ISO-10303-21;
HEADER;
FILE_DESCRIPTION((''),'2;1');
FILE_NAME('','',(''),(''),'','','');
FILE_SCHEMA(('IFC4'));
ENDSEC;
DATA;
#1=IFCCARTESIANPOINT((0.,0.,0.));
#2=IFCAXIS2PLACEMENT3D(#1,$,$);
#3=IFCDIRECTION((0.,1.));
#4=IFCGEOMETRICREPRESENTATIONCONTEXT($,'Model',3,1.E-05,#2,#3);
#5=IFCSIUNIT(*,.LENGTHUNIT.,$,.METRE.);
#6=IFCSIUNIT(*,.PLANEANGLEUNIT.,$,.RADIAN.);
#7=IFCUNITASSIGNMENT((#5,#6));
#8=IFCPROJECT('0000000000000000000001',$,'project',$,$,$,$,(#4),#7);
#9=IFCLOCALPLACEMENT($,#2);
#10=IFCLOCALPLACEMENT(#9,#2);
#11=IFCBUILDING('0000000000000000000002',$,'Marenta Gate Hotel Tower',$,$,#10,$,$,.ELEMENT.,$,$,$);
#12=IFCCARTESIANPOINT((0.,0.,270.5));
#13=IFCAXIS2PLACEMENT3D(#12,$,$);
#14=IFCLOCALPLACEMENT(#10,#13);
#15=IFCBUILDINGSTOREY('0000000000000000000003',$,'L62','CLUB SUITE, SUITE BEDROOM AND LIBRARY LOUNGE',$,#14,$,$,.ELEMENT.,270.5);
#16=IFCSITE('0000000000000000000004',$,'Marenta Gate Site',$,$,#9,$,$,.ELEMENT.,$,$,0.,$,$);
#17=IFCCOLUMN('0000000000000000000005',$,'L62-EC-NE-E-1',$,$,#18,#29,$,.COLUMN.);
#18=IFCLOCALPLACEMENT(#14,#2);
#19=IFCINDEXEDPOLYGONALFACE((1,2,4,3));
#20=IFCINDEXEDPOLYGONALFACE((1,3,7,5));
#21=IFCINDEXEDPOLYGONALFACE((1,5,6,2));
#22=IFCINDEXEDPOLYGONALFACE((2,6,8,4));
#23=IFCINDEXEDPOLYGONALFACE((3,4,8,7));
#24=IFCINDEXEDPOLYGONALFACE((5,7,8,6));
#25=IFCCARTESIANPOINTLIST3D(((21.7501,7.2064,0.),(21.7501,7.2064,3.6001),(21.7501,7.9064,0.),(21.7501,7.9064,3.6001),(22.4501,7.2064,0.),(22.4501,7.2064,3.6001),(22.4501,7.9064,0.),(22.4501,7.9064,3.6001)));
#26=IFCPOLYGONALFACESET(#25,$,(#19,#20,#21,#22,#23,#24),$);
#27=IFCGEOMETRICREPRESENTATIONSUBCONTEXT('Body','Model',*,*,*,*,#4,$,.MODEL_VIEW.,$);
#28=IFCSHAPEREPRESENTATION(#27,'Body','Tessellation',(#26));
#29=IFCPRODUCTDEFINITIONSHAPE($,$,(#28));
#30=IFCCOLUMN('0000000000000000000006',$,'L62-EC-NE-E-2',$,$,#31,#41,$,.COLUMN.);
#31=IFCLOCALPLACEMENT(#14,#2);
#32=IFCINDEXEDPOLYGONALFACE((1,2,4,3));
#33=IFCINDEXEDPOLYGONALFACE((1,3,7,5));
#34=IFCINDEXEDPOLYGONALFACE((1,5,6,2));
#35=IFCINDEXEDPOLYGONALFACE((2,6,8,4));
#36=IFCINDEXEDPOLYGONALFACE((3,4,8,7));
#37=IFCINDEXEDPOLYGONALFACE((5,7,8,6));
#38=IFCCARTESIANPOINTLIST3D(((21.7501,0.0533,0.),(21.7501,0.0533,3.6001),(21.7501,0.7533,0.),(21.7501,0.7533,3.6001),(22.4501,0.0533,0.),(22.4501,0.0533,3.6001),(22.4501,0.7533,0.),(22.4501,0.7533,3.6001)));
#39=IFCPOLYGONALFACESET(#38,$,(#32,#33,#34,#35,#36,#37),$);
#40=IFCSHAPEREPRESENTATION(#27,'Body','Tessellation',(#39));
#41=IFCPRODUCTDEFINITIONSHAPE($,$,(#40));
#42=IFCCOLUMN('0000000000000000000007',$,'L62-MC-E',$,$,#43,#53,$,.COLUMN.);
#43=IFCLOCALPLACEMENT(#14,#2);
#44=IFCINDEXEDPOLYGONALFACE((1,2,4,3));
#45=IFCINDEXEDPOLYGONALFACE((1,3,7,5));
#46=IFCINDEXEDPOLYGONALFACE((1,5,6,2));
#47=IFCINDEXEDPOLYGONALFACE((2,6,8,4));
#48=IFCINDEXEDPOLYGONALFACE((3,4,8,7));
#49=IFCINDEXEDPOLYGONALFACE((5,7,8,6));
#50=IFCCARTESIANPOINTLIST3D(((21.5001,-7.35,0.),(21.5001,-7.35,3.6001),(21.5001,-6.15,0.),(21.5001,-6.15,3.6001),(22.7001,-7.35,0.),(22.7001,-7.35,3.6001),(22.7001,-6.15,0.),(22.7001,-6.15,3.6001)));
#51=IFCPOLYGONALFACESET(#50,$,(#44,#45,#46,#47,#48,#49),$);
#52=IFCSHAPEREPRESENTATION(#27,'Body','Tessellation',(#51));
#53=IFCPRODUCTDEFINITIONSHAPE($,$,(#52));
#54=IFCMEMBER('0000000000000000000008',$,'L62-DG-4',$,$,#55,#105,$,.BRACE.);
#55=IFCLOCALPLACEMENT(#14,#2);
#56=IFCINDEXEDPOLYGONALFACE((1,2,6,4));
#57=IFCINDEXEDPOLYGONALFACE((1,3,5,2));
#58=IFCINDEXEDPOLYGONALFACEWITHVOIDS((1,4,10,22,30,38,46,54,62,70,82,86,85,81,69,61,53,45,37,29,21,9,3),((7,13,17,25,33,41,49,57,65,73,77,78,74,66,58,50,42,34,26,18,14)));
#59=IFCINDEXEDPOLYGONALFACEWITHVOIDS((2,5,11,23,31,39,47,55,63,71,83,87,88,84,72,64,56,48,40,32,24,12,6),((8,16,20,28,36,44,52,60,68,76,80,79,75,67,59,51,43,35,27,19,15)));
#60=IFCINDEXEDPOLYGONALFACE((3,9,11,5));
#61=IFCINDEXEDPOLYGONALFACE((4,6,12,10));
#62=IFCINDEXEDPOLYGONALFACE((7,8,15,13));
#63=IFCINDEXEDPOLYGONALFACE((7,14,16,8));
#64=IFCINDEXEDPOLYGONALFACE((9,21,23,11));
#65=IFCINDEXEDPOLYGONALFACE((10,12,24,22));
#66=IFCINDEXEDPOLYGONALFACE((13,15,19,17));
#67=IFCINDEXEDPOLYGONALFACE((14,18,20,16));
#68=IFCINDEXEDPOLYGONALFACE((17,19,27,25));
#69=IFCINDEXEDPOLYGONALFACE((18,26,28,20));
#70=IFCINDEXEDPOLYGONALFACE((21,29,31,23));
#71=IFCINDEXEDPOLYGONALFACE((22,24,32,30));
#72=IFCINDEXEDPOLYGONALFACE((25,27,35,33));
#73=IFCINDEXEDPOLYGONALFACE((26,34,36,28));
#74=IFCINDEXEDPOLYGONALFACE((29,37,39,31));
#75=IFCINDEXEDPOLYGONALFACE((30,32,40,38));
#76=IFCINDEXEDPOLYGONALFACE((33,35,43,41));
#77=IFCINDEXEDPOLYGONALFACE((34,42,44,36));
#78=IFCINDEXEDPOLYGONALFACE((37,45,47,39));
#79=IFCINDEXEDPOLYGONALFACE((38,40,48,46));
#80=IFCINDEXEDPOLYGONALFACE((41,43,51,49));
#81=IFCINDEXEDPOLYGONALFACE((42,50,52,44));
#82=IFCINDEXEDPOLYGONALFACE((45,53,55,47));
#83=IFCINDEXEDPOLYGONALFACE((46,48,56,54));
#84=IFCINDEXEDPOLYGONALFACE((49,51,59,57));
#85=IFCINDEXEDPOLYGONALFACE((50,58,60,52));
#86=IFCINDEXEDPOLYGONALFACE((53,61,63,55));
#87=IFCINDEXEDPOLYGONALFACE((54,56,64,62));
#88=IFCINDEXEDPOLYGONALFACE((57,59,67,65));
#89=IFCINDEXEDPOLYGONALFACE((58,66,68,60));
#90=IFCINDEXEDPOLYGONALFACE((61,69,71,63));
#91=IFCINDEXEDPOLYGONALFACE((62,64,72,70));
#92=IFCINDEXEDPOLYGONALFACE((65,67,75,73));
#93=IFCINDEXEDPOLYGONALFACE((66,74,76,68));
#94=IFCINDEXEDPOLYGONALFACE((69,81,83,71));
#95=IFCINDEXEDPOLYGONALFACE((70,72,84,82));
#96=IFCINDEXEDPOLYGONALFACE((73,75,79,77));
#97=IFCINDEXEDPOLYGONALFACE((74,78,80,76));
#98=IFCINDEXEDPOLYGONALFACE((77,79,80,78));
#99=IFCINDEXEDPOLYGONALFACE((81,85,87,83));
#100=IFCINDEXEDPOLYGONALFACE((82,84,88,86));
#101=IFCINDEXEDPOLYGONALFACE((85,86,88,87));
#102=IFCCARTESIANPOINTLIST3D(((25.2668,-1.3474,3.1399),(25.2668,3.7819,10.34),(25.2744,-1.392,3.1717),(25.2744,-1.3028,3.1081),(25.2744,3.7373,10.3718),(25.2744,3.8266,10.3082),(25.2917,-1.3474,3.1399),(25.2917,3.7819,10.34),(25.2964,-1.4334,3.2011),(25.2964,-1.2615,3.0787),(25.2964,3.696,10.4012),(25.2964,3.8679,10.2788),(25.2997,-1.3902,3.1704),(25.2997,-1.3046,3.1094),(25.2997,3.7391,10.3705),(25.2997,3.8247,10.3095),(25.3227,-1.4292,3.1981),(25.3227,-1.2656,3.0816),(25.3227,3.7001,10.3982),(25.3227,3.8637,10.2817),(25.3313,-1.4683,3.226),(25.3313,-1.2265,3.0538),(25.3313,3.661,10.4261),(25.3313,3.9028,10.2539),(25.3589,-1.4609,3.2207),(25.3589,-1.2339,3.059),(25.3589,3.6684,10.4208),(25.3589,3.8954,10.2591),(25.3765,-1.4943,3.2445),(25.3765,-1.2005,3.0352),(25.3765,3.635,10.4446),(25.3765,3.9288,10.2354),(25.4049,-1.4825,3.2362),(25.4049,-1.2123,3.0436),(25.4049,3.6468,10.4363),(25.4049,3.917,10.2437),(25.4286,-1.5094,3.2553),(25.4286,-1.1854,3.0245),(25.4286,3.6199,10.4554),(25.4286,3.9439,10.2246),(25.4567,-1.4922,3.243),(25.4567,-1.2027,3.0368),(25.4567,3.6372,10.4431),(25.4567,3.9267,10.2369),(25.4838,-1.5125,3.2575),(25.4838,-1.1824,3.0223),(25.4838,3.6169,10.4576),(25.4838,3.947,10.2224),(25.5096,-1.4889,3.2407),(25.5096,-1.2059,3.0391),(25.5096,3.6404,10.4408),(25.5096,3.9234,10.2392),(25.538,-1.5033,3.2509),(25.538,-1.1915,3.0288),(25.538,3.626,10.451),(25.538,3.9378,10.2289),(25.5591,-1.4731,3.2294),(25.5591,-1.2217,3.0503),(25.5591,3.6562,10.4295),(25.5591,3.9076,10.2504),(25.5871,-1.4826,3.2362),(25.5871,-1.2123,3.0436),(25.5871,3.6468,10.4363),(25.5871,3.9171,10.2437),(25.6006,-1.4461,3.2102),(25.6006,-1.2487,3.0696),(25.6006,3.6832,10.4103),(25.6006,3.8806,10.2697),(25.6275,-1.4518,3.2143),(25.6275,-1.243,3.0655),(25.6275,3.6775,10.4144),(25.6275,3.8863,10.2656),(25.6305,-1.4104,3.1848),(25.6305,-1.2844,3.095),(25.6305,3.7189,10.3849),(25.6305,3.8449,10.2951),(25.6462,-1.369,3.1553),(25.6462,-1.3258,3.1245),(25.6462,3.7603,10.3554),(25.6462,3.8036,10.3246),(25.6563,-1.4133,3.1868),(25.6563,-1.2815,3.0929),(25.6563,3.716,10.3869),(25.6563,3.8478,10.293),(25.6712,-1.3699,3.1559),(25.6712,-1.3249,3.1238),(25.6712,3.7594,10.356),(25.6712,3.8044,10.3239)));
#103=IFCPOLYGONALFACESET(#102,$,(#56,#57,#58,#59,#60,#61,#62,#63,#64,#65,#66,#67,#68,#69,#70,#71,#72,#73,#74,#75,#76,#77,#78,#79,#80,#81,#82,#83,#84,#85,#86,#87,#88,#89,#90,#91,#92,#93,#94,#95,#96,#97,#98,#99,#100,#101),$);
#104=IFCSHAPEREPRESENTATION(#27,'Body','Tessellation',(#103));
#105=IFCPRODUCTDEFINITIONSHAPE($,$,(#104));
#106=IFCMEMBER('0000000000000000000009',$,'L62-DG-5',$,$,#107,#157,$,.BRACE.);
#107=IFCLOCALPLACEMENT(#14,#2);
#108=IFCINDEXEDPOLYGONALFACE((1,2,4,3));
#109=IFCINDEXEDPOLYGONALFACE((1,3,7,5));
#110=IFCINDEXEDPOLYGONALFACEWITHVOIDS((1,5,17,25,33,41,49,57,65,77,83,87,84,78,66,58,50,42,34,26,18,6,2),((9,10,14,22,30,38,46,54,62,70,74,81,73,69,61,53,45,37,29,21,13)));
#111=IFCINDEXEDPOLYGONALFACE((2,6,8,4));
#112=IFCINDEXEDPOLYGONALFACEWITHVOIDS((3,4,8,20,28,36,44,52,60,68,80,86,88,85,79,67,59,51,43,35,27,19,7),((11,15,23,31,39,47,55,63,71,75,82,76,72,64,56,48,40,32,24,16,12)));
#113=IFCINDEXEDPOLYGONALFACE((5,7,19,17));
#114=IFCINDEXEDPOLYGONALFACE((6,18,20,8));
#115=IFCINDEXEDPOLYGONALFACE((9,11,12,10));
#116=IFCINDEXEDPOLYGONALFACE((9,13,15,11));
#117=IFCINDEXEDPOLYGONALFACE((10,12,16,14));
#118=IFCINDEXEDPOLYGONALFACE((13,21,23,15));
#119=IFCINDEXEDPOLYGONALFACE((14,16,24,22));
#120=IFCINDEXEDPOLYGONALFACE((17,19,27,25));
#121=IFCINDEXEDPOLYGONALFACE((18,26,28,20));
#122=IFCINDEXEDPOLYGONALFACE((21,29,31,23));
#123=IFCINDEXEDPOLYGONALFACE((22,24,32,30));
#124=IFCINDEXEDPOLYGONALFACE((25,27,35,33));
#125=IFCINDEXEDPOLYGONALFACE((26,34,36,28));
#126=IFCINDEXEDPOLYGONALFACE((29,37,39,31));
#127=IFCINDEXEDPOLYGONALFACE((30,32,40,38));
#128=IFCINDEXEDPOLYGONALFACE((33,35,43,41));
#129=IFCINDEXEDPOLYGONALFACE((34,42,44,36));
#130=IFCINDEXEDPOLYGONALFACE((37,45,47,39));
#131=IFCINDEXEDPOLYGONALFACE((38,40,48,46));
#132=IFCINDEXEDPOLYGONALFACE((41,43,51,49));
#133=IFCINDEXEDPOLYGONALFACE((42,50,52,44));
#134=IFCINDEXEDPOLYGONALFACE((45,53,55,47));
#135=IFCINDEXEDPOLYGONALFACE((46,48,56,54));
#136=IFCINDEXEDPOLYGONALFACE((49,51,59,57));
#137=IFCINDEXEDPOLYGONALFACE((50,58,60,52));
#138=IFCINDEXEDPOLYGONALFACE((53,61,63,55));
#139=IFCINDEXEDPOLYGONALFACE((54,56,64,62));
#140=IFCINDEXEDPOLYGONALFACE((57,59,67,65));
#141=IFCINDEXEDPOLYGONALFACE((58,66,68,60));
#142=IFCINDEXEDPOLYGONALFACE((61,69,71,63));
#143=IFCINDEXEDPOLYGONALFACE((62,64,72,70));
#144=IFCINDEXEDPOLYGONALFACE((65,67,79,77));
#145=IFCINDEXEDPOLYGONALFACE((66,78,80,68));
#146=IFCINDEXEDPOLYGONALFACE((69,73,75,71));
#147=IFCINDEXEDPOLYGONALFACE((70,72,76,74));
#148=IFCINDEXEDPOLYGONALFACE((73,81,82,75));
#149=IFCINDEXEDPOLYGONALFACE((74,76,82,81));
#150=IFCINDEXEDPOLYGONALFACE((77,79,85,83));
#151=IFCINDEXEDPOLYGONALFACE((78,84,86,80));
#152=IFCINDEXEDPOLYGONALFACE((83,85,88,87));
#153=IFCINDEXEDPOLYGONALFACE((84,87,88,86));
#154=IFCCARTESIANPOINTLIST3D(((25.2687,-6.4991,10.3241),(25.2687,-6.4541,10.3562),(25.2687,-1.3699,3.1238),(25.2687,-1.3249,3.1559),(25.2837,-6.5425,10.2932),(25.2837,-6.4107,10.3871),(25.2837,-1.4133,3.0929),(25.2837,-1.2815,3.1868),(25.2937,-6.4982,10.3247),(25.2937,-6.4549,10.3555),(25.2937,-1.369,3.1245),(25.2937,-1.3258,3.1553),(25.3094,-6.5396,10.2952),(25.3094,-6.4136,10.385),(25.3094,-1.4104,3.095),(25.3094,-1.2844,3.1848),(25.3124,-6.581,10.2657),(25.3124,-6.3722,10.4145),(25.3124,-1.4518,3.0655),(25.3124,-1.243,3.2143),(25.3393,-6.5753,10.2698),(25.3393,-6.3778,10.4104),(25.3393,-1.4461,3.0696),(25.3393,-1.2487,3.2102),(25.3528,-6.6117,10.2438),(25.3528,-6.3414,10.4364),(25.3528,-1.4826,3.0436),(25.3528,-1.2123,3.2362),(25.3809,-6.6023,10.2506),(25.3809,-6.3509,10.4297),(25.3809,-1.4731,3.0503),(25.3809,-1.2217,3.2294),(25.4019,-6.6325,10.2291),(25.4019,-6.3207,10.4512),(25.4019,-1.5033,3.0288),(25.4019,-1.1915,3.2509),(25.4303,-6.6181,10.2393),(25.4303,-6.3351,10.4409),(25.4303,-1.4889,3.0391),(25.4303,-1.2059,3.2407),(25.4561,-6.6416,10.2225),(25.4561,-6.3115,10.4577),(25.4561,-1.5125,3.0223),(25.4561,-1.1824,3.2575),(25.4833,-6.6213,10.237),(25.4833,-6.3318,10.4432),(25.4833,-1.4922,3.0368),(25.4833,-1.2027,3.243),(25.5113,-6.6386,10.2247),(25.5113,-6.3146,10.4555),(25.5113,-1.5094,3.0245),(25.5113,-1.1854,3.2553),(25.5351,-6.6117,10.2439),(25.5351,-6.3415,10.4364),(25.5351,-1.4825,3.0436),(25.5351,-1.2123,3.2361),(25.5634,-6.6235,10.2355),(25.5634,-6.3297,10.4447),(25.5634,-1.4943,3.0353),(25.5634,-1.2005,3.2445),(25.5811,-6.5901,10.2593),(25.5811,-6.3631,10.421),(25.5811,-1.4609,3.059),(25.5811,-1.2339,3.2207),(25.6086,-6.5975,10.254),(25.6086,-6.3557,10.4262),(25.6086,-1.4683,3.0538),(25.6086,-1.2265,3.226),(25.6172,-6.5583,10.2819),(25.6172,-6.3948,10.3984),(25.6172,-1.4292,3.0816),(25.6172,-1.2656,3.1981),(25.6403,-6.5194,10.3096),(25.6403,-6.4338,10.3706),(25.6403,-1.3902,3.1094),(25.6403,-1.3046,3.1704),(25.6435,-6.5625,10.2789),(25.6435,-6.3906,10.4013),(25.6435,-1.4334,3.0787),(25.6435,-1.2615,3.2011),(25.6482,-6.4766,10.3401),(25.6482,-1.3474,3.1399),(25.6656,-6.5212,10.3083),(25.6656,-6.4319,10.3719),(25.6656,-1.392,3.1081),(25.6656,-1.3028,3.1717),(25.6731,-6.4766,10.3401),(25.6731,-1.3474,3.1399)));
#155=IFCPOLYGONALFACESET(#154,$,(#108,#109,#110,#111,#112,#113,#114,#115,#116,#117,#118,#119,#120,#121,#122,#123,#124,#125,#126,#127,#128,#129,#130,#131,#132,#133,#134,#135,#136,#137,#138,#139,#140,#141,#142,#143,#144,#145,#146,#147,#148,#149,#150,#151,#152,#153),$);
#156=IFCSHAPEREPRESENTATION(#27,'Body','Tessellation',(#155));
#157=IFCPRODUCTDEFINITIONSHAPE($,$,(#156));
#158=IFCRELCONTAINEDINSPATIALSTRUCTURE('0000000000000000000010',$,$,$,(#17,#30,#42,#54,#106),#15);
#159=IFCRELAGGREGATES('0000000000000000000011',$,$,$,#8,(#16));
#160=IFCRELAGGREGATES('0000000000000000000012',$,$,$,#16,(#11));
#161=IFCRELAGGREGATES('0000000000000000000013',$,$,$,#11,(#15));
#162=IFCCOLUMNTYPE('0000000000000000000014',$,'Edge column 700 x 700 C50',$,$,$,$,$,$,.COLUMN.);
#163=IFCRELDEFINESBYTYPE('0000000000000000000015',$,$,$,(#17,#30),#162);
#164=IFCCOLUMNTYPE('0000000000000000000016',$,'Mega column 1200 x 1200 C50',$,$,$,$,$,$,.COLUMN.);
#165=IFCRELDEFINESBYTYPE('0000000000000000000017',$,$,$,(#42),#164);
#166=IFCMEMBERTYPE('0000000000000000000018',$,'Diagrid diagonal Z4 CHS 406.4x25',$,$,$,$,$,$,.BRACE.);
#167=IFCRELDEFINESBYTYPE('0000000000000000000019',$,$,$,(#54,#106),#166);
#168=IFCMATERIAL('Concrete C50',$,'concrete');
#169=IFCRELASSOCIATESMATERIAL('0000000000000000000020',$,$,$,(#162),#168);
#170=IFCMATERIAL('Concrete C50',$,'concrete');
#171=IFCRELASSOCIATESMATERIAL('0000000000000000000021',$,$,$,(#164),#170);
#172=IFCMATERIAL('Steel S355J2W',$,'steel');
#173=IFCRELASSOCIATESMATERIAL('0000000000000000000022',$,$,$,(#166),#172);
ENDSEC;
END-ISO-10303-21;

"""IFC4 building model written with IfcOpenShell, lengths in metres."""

from ifc_helpers import new_model, si_unit, direction, frame, origin, origin_2d, place, context, subcontext, project, spatial, rectangle, hollow_circle, extrude, material, material_profile, profile_set, type_object, element, save


model = new_model("IFC4")

# Units and contexts
model_context = context("Model", 3, precision=1e-05, world=origin(), true_north=direction((0.0, 1.0)))
body_context = subcontext(model_context, "Body", "Model", "MODEL_VIEW")
ifc_project = project(units=[si_unit("LENGTHUNIT", "METRE"), si_unit("PLANEANGLEUNIT", "RADIAN")], contexts=[model_context])

# Site, building, storey
site_placement = place(None, origin())
site = spatial("IfcSite", under=ifc_project, at=site_placement, Name="Marenta Gate Site", CompositionType="ELEMENT", RefElevation=0.0)
building_placement = place(site_placement, origin())
building = spatial("IfcBuilding", under=site, at=building_placement, Name="Marenta Gate Hotel Tower", CompositionType="ELEMENT")
storey_placement = place(building_placement, frame((0.0, 0.0, 270.5)))
storey = spatial("IfcBuildingStorey", under=building, at=storey_placement, Name="L62", Description="CLUB SUITE, SUITE BEDROOM AND LIBRARY LOUNGE", CompositionType="ELEMENT", Elevation=270.5)

# Columns
ifc_material_1 = material(Name="Concrete C50", Category="concrete")
ifc_material_profile_1 = material_profile(ifc_material_1, rectangle(XDim=0.7, YDim=0.7, at=origin_2d()), Name="700 x 700")
ifc_profile_set_1 = profile_set([ifc_material_profile_1], Name="Concrete C50")
column_type_1 = type_object("IfcColumnType", Name="Edge column 700 x 700 C50", PredefinedType="COLUMN", material=ifc_profile_set_1)
for number, where, z_axis, x_axis, name in (
    (1, (22.1001, 7.5564, 0.0), (0.0, 0.0, 1.0), (1.0, 0.0, 0.0), "L62-EC-NE-E-1"),
    (2, (22.1001, 0.4033, 0.0), (0.0, 0.0, 1.0), (1.0, 0.0, 0.0), "L62-EC-NE-E-2"),
):
    element("IfcColumn", number, at=place(storey_placement, frame(where, z_axis=z_axis, x_axis=x_axis)), inside=storey, type_object=column_type_1, Name=name, PredefinedType="COLUMN", context=body_context, shape_type="SweptSolid", body=[
        extrude(rectangle(XDim=0.7, YDim=0.7, at=origin_2d()), origin(), (0.0, 0.0, 1.0), 3.6001),
    ])
ifc_material_2 = material(Name="Concrete C50", Category="concrete")
ifc_material_profile_2 = material_profile(ifc_material_2, rectangle(XDim=1.2, YDim=1.2, at=origin_2d()), Name="1200 x 1200")
ifc_profile_set_2 = profile_set([ifc_material_profile_2], Name="Concrete C50")
column_type_2 = type_object("IfcColumnType", Name="Mega column 1200 x 1200 C50", PredefinedType="COLUMN", material=ifc_profile_set_2)
column_placement = place(storey_placement, frame((22.1001, -6.75, 0.0), z_axis=(0.0, 0.0, 1.0), x_axis=(1.0, 0.0, 0.0)))
element("IfcColumn", 3, at=column_placement, inside=storey, type_object=column_type_2, Name="L62-MC-E", PredefinedType="COLUMN", context=body_context, shape_type="SweptSolid", body=[
    extrude(rectangle(XDim=1.2, YDim=1.2, at=origin_2d()), origin(), (0.0, 0.0, 1.0), 3.6001),
])

# Members
ifc_material_3 = material(Name="Steel S355J2W", Category="steel")
ifc_material_profile_3 = material_profile(ifc_material_3, hollow_circle(Radius=0.2031, WallThickness=0.0249, at=origin_2d()), Name="CHS 406.4x25")
ifc_profile_set_3 = profile_set([ifc_material_profile_3], Name="Steel S355J2W")
member_type_1 = type_object("IfcMemberType", Name="Diagrid diagonal Z4 CHS 406.4x25", PredefinedType="BRACE", material=ifc_profile_set_3)
for number, where, z_axis, x_axis, name in (
    (4, (25.47, -1.3474, 3.1399), (0.0, 0.580219, 0.814461), (-1.0, 0.0, 0.0), "L62-DG-4"),
    (5, (25.47, -1.3474, 3.1399), (0.0, -0.580201, 0.814474), (1.0, 0.0, 0.0), "L62-DG-5"),
):
    element("IfcMember", number, at=place(storey_placement, frame(where, z_axis=z_axis, x_axis=x_axis)), inside=storey, type_object=member_type_1, Name=name, PredefinedType="BRACE", context=body_context, shape_type="SweptSolid", body=[
        extrude(hollow_circle(Radius=0.2031, WallThickness=0.0249, at=origin_2d()), origin(), (0.0, 0.0, 1.0), 8.8403),
    ])

save(model, "model.ifc")
